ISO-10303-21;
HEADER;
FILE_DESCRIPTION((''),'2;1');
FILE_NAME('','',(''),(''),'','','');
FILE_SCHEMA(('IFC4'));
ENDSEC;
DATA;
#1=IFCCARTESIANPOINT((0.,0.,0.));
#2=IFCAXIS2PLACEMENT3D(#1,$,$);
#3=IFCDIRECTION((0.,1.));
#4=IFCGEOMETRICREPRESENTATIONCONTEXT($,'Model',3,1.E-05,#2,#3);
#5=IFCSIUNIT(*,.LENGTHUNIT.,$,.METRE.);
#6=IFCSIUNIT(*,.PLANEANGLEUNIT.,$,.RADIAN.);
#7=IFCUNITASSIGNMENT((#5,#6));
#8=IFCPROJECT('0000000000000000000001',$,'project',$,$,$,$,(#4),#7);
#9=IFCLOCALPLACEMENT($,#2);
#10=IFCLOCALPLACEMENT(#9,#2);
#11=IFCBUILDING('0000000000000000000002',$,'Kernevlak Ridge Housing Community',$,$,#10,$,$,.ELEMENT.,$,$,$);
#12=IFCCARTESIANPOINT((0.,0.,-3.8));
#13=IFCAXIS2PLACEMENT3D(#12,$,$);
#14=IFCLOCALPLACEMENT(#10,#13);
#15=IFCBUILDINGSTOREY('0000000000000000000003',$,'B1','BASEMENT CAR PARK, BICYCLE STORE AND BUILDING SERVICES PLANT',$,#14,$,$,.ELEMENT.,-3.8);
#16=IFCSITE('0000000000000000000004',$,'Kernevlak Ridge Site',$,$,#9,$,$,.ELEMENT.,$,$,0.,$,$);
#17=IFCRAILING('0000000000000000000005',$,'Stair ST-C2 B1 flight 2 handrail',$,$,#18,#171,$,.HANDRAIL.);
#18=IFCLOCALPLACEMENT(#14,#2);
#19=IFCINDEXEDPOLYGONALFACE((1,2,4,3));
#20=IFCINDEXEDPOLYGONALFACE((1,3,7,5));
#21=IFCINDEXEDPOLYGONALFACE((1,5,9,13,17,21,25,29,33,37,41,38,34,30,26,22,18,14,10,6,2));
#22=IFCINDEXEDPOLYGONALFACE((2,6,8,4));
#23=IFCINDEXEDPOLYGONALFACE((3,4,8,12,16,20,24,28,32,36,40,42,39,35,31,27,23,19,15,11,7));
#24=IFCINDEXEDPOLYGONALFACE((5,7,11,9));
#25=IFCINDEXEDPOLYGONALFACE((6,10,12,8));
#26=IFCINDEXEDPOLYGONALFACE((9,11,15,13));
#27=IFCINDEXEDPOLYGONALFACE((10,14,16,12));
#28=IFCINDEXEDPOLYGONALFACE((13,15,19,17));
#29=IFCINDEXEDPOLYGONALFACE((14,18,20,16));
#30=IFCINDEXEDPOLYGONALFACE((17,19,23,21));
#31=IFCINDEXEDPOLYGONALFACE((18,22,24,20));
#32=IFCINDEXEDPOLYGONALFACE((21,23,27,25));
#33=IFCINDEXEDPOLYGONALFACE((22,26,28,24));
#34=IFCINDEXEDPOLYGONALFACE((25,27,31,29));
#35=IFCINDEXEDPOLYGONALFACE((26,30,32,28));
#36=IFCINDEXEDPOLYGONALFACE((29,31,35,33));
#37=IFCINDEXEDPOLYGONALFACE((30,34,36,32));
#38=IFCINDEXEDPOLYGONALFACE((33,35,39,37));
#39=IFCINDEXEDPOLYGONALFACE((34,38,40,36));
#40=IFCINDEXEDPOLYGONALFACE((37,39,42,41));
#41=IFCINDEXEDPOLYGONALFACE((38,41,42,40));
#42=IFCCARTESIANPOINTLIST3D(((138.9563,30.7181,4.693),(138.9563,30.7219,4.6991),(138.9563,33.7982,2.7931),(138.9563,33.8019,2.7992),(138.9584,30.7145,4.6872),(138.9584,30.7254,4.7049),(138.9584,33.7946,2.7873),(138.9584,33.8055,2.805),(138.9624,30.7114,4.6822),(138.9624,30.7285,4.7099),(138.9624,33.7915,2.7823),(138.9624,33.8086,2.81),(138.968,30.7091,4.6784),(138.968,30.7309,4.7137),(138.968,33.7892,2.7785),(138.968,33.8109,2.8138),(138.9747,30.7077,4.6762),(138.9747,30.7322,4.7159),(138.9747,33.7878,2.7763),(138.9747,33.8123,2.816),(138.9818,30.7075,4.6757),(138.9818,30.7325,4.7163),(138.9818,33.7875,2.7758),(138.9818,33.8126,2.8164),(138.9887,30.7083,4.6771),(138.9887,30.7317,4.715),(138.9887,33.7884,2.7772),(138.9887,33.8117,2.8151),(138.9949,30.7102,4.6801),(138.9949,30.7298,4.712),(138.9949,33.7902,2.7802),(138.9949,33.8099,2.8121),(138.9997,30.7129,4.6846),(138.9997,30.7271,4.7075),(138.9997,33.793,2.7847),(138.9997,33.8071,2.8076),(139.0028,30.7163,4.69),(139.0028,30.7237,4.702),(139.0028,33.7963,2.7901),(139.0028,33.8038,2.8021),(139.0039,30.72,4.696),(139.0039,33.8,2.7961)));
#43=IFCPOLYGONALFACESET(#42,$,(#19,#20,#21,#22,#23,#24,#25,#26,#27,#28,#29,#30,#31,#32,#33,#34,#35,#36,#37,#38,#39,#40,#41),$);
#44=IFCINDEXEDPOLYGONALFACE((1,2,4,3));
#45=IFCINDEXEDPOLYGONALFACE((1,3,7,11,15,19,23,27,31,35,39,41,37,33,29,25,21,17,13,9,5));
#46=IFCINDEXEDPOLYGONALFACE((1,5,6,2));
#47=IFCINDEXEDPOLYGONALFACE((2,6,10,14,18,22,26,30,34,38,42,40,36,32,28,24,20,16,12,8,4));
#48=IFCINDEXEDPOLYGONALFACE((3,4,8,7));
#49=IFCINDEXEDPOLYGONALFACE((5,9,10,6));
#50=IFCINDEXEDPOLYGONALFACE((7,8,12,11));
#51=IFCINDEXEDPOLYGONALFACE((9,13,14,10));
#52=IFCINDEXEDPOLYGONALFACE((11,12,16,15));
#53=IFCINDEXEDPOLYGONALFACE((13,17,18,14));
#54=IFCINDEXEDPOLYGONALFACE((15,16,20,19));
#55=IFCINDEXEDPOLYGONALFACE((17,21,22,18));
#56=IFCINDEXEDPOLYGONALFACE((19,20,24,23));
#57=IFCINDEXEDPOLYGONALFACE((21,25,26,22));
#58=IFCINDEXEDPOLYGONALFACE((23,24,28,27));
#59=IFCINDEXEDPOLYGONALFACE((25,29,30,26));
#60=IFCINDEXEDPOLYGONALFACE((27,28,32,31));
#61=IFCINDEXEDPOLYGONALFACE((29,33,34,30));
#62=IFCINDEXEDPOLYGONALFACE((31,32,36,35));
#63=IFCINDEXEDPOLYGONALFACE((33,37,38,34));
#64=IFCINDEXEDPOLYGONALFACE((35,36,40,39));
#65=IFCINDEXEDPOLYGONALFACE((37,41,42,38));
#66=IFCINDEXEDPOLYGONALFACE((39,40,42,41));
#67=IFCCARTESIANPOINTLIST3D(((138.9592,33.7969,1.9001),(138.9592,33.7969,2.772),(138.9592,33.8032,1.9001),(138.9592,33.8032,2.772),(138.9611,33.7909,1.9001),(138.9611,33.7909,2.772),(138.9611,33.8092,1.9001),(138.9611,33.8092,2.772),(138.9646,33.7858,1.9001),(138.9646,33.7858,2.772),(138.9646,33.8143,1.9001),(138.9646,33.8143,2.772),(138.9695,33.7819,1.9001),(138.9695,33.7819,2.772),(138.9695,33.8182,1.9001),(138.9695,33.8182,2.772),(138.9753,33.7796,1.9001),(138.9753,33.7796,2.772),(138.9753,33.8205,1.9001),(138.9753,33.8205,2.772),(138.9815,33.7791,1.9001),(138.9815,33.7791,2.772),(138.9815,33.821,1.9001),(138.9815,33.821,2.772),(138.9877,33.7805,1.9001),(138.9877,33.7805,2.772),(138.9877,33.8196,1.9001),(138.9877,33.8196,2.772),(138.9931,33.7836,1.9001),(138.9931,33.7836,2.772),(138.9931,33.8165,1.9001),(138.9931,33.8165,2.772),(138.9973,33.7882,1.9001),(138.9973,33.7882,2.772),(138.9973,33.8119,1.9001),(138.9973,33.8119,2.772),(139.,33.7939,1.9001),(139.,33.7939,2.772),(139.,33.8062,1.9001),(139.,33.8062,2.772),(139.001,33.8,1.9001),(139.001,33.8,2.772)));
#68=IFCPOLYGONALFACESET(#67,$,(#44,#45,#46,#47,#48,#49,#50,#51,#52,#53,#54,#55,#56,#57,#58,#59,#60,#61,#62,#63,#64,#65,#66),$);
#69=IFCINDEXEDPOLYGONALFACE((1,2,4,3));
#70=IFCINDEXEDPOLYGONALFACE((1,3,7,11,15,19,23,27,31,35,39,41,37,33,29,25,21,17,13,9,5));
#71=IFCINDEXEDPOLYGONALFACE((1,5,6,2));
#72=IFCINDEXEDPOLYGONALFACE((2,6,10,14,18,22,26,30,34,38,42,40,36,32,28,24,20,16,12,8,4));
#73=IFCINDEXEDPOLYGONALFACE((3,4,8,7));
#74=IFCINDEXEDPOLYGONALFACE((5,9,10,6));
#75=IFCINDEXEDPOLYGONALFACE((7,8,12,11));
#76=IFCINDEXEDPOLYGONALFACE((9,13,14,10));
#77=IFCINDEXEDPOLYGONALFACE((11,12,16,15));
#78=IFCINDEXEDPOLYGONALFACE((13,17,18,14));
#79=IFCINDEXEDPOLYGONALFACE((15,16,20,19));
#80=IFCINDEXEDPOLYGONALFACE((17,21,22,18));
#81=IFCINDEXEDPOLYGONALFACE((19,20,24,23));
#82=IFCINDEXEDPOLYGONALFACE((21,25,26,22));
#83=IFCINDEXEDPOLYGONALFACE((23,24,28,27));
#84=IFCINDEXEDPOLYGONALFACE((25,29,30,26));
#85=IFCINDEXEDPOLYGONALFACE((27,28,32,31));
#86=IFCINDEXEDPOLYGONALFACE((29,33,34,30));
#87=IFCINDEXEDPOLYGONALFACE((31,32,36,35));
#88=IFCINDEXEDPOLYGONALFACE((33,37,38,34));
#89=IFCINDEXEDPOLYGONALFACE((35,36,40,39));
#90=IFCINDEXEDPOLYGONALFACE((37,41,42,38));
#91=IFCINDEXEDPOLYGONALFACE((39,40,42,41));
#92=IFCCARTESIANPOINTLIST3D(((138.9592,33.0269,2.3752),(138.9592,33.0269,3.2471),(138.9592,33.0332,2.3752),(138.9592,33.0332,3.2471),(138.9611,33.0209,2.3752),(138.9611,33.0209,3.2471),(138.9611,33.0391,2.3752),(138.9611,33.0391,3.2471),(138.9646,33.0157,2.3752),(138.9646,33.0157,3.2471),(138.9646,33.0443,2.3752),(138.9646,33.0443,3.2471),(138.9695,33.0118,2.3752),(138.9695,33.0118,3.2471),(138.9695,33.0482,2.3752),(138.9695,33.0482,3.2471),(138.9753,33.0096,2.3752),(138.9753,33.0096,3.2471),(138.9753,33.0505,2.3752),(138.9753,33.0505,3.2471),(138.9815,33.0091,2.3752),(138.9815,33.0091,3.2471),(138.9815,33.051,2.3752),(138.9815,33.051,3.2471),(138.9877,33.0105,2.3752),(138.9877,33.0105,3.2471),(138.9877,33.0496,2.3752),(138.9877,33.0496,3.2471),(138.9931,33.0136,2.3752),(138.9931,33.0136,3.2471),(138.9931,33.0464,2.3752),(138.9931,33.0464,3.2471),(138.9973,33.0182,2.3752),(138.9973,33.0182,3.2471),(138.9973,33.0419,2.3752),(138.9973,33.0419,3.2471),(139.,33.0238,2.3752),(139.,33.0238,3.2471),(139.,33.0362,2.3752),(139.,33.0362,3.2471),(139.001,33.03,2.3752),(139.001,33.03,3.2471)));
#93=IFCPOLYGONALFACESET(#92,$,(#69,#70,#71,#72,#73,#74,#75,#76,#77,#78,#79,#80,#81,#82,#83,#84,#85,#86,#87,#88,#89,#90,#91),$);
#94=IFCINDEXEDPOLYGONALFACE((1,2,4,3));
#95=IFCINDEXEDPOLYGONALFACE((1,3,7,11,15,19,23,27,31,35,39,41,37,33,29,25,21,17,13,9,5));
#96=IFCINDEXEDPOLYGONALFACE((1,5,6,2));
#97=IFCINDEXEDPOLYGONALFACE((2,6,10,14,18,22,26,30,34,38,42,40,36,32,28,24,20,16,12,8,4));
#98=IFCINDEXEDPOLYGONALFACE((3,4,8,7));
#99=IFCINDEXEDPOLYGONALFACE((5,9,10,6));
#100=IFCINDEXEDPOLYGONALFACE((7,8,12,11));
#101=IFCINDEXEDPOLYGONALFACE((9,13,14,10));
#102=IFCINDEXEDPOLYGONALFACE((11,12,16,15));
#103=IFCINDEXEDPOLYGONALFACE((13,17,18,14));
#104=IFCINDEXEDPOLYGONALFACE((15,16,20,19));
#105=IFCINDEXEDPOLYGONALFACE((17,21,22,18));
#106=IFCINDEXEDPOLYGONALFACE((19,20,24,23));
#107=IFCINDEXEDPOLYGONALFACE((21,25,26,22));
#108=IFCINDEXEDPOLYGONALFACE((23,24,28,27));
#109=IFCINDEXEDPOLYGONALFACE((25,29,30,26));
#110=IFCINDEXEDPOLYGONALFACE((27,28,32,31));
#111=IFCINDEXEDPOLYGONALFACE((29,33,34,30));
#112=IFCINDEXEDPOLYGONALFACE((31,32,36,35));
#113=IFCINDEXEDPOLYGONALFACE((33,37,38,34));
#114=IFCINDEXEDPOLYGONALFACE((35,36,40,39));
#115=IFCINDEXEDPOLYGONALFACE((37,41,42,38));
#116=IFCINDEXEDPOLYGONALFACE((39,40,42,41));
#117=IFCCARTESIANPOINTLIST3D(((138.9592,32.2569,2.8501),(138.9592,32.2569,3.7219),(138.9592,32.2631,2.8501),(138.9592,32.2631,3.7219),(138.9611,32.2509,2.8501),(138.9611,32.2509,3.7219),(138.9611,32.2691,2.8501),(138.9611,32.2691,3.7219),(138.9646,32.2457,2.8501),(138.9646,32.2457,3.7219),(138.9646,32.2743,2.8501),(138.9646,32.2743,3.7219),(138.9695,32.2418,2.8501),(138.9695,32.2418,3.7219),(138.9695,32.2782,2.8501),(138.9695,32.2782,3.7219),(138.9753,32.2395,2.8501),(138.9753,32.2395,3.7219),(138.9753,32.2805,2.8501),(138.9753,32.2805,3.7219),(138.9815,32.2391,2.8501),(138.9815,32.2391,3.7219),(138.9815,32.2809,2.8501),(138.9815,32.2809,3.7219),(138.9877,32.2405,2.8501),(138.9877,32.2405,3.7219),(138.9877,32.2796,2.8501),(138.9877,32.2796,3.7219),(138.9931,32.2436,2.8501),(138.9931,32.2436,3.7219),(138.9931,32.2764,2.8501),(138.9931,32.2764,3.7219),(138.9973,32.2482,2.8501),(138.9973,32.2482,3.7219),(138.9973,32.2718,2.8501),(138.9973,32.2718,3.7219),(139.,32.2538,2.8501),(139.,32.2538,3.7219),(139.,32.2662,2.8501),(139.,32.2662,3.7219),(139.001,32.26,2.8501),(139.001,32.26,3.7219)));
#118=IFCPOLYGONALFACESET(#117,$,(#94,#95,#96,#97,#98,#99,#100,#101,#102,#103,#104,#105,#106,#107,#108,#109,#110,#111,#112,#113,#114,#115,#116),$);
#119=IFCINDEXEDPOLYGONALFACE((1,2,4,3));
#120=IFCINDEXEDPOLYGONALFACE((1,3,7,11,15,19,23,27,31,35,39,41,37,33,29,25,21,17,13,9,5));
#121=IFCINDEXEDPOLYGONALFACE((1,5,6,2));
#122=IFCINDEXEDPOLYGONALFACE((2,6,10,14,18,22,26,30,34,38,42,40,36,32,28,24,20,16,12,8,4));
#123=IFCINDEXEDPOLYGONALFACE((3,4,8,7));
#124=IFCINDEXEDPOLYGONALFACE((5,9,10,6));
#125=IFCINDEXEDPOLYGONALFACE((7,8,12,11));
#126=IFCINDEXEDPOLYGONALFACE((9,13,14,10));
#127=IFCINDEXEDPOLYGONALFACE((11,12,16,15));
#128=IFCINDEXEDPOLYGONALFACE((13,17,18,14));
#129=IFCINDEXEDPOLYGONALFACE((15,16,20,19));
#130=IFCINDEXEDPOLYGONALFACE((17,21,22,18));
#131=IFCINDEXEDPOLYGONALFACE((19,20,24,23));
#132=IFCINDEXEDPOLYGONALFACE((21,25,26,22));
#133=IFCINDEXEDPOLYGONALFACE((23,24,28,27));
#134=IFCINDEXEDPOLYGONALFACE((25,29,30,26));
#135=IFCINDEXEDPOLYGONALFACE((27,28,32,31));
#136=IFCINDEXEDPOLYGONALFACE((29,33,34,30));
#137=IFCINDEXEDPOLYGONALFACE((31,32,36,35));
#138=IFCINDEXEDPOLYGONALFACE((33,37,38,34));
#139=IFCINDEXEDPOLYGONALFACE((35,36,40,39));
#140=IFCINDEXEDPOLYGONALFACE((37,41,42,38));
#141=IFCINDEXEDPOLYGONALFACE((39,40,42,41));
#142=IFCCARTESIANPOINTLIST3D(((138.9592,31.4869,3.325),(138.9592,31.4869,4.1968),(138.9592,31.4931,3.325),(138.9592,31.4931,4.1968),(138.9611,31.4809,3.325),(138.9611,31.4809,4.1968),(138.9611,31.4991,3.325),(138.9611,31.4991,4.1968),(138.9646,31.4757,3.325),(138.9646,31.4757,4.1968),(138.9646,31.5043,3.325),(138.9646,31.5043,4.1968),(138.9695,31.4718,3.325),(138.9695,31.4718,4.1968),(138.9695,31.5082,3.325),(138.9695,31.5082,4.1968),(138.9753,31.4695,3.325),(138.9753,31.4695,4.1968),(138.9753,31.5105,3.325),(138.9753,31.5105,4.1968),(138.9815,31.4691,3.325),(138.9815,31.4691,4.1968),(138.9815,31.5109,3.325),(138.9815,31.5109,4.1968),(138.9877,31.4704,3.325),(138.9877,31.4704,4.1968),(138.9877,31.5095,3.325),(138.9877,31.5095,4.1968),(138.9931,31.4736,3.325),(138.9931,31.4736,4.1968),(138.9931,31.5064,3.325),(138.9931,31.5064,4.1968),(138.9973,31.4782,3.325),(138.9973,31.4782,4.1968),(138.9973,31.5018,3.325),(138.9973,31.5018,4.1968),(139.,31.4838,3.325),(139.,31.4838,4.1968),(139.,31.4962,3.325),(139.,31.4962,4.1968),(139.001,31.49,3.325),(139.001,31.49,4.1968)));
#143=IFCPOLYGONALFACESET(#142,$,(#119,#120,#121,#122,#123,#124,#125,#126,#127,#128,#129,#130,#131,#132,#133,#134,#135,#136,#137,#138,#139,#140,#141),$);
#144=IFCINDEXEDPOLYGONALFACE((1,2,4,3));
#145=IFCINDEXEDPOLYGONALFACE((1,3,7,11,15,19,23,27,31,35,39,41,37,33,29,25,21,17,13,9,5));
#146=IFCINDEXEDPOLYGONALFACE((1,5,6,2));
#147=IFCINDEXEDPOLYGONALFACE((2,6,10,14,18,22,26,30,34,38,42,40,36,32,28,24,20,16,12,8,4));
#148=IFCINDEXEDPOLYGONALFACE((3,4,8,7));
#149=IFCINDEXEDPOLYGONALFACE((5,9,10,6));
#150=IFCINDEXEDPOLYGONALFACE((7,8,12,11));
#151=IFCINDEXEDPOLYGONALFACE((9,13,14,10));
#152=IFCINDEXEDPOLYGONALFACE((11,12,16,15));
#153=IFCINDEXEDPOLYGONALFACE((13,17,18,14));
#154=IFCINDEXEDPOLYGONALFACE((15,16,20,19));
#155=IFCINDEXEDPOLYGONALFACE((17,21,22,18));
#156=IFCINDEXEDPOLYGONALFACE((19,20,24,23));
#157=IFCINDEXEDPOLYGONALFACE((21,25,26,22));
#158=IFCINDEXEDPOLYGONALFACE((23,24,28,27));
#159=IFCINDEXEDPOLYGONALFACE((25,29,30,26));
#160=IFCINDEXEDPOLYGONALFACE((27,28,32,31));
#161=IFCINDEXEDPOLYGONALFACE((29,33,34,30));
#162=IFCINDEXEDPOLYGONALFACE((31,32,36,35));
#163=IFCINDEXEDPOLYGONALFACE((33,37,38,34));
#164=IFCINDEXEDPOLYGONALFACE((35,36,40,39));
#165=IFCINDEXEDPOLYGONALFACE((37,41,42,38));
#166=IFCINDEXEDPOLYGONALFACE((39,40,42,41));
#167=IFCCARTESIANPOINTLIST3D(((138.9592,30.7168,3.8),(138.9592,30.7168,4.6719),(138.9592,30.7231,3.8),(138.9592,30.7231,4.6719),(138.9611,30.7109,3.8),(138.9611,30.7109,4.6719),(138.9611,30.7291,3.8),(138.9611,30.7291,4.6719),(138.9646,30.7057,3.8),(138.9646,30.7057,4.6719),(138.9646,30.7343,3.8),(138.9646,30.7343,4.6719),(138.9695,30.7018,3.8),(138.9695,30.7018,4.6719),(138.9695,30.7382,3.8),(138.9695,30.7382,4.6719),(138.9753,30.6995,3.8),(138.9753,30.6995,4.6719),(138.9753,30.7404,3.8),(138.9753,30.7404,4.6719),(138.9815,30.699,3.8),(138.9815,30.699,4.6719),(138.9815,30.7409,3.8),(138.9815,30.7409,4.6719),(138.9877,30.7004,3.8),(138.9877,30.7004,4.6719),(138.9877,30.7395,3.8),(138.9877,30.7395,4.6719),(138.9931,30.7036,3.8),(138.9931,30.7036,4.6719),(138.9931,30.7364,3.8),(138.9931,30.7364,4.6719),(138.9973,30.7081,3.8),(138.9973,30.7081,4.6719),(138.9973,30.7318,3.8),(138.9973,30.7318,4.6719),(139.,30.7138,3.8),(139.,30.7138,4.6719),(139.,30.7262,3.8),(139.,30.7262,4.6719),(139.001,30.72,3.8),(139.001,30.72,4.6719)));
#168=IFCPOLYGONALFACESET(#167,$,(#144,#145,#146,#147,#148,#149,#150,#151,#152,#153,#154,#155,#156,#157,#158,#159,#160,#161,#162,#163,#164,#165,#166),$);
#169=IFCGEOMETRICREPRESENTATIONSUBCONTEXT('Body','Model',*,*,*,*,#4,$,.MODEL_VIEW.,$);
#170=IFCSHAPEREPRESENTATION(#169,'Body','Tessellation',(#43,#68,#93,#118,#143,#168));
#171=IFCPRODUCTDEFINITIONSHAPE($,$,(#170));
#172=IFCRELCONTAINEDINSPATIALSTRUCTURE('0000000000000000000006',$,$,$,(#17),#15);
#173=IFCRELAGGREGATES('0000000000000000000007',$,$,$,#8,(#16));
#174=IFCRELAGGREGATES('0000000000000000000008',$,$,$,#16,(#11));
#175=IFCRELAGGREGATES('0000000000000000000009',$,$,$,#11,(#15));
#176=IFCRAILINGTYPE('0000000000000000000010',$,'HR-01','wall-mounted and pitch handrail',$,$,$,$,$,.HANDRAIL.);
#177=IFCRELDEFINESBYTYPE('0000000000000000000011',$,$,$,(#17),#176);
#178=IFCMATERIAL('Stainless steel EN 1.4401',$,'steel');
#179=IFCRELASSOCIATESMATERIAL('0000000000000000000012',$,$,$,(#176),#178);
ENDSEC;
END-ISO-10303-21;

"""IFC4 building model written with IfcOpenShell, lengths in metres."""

from ifc_helpers import new_model, si_unit, direction, frame, origin, origin_2d, place, context, subcontext, project, spatial, circle, extrude, material, type_object, element, save


model = new_model("IFC4")

# Units and contexts
model_context = context("Model", 3, precision=1e-05, world=origin(), true_north=direction((0.0, 1.0)))
body_context = subcontext(model_context, "Body", "Model", "MODEL_VIEW")
ifc_project = project(units=[si_unit("LENGTHUNIT", "METRE"), si_unit("PLANEANGLEUNIT", "RADIAN")], contexts=[model_context])

# Site, building, storey
site_placement = place(None, origin())
site = spatial("IfcSite", under=ifc_project, at=site_placement, Name="Kernevlak Ridge Site", CompositionType="ELEMENT", RefElevation=0.0)
building_placement = place(site_placement, origin())
building = spatial("IfcBuilding", under=site, at=building_placement, Name="Kernevlak Ridge Housing Community", CompositionType="ELEMENT")
storey_placement = place(building_placement, frame((0.0, 0.0, -3.8)))
storey = spatial("IfcBuildingStorey", under=building, at=storey_placement, Name="B1", Description="BASEMENT CAR PARK, BICYCLE STORE AND BUILDING SERVICES PLANT", CompositionType="ELEMENT", Elevation=-3.8)

# Railing
ifc_material_1 = material(Name="Stainless steel EN 1.4401", Category="steel")
railing_type_1 = type_object("IfcRailingType", Name="HR-01", Description="wall-mounted and pitch handrail", PredefinedType="HANDRAIL", material=ifc_material_1)
railing_1_placement = place(storey_placement, frame((138.98, 33.8, 1.9001)))
element("IfcRailing", 1, at=railing_1_placement, inside=storey, type_object=railing_type_1, Name="Stair ST-C2 B1 flight 2 handrail", PredefinedType="HANDRAIL", context=body_context, shape_type="SweptSolid", body=[
    extrude(circle(Radius=0.0239, at=origin_2d()), frame((0.0, 0.0, 0.896), z_axis=(0.0, -0.851107, 0.524993), x_axis=(1.0, 0.0, 0.0)), (0.0, 0.0, 1.0), 3.6189),
    extrude(circle(Radius=0.021, at=origin_2d()), origin(), (0.0, 0.0, 1.0), 0.8718),
    extrude(circle(Radius=0.021, at=origin_2d()), frame((0.0, -0.77, 0.4751)), (0.0, 0.0, 1.0), 0.8718),
    extrude(circle(Radius=0.021, at=origin_2d()), frame((0.0, -1.54, 0.95)), (0.0, 0.0, 1.0), 0.8718),
    extrude(circle(Radius=0.021, at=origin_2d()), frame((0.0, -2.3101, 1.4248)), (0.0, 0.0, 1.0), 0.8718),
    extrude(circle(Radius=0.021, at=origin_2d()), frame((0.0, -3.0801, 1.8999)), (0.0, 0.0, 1.0), 0.8718),
])

save(model, "model.ifc")
